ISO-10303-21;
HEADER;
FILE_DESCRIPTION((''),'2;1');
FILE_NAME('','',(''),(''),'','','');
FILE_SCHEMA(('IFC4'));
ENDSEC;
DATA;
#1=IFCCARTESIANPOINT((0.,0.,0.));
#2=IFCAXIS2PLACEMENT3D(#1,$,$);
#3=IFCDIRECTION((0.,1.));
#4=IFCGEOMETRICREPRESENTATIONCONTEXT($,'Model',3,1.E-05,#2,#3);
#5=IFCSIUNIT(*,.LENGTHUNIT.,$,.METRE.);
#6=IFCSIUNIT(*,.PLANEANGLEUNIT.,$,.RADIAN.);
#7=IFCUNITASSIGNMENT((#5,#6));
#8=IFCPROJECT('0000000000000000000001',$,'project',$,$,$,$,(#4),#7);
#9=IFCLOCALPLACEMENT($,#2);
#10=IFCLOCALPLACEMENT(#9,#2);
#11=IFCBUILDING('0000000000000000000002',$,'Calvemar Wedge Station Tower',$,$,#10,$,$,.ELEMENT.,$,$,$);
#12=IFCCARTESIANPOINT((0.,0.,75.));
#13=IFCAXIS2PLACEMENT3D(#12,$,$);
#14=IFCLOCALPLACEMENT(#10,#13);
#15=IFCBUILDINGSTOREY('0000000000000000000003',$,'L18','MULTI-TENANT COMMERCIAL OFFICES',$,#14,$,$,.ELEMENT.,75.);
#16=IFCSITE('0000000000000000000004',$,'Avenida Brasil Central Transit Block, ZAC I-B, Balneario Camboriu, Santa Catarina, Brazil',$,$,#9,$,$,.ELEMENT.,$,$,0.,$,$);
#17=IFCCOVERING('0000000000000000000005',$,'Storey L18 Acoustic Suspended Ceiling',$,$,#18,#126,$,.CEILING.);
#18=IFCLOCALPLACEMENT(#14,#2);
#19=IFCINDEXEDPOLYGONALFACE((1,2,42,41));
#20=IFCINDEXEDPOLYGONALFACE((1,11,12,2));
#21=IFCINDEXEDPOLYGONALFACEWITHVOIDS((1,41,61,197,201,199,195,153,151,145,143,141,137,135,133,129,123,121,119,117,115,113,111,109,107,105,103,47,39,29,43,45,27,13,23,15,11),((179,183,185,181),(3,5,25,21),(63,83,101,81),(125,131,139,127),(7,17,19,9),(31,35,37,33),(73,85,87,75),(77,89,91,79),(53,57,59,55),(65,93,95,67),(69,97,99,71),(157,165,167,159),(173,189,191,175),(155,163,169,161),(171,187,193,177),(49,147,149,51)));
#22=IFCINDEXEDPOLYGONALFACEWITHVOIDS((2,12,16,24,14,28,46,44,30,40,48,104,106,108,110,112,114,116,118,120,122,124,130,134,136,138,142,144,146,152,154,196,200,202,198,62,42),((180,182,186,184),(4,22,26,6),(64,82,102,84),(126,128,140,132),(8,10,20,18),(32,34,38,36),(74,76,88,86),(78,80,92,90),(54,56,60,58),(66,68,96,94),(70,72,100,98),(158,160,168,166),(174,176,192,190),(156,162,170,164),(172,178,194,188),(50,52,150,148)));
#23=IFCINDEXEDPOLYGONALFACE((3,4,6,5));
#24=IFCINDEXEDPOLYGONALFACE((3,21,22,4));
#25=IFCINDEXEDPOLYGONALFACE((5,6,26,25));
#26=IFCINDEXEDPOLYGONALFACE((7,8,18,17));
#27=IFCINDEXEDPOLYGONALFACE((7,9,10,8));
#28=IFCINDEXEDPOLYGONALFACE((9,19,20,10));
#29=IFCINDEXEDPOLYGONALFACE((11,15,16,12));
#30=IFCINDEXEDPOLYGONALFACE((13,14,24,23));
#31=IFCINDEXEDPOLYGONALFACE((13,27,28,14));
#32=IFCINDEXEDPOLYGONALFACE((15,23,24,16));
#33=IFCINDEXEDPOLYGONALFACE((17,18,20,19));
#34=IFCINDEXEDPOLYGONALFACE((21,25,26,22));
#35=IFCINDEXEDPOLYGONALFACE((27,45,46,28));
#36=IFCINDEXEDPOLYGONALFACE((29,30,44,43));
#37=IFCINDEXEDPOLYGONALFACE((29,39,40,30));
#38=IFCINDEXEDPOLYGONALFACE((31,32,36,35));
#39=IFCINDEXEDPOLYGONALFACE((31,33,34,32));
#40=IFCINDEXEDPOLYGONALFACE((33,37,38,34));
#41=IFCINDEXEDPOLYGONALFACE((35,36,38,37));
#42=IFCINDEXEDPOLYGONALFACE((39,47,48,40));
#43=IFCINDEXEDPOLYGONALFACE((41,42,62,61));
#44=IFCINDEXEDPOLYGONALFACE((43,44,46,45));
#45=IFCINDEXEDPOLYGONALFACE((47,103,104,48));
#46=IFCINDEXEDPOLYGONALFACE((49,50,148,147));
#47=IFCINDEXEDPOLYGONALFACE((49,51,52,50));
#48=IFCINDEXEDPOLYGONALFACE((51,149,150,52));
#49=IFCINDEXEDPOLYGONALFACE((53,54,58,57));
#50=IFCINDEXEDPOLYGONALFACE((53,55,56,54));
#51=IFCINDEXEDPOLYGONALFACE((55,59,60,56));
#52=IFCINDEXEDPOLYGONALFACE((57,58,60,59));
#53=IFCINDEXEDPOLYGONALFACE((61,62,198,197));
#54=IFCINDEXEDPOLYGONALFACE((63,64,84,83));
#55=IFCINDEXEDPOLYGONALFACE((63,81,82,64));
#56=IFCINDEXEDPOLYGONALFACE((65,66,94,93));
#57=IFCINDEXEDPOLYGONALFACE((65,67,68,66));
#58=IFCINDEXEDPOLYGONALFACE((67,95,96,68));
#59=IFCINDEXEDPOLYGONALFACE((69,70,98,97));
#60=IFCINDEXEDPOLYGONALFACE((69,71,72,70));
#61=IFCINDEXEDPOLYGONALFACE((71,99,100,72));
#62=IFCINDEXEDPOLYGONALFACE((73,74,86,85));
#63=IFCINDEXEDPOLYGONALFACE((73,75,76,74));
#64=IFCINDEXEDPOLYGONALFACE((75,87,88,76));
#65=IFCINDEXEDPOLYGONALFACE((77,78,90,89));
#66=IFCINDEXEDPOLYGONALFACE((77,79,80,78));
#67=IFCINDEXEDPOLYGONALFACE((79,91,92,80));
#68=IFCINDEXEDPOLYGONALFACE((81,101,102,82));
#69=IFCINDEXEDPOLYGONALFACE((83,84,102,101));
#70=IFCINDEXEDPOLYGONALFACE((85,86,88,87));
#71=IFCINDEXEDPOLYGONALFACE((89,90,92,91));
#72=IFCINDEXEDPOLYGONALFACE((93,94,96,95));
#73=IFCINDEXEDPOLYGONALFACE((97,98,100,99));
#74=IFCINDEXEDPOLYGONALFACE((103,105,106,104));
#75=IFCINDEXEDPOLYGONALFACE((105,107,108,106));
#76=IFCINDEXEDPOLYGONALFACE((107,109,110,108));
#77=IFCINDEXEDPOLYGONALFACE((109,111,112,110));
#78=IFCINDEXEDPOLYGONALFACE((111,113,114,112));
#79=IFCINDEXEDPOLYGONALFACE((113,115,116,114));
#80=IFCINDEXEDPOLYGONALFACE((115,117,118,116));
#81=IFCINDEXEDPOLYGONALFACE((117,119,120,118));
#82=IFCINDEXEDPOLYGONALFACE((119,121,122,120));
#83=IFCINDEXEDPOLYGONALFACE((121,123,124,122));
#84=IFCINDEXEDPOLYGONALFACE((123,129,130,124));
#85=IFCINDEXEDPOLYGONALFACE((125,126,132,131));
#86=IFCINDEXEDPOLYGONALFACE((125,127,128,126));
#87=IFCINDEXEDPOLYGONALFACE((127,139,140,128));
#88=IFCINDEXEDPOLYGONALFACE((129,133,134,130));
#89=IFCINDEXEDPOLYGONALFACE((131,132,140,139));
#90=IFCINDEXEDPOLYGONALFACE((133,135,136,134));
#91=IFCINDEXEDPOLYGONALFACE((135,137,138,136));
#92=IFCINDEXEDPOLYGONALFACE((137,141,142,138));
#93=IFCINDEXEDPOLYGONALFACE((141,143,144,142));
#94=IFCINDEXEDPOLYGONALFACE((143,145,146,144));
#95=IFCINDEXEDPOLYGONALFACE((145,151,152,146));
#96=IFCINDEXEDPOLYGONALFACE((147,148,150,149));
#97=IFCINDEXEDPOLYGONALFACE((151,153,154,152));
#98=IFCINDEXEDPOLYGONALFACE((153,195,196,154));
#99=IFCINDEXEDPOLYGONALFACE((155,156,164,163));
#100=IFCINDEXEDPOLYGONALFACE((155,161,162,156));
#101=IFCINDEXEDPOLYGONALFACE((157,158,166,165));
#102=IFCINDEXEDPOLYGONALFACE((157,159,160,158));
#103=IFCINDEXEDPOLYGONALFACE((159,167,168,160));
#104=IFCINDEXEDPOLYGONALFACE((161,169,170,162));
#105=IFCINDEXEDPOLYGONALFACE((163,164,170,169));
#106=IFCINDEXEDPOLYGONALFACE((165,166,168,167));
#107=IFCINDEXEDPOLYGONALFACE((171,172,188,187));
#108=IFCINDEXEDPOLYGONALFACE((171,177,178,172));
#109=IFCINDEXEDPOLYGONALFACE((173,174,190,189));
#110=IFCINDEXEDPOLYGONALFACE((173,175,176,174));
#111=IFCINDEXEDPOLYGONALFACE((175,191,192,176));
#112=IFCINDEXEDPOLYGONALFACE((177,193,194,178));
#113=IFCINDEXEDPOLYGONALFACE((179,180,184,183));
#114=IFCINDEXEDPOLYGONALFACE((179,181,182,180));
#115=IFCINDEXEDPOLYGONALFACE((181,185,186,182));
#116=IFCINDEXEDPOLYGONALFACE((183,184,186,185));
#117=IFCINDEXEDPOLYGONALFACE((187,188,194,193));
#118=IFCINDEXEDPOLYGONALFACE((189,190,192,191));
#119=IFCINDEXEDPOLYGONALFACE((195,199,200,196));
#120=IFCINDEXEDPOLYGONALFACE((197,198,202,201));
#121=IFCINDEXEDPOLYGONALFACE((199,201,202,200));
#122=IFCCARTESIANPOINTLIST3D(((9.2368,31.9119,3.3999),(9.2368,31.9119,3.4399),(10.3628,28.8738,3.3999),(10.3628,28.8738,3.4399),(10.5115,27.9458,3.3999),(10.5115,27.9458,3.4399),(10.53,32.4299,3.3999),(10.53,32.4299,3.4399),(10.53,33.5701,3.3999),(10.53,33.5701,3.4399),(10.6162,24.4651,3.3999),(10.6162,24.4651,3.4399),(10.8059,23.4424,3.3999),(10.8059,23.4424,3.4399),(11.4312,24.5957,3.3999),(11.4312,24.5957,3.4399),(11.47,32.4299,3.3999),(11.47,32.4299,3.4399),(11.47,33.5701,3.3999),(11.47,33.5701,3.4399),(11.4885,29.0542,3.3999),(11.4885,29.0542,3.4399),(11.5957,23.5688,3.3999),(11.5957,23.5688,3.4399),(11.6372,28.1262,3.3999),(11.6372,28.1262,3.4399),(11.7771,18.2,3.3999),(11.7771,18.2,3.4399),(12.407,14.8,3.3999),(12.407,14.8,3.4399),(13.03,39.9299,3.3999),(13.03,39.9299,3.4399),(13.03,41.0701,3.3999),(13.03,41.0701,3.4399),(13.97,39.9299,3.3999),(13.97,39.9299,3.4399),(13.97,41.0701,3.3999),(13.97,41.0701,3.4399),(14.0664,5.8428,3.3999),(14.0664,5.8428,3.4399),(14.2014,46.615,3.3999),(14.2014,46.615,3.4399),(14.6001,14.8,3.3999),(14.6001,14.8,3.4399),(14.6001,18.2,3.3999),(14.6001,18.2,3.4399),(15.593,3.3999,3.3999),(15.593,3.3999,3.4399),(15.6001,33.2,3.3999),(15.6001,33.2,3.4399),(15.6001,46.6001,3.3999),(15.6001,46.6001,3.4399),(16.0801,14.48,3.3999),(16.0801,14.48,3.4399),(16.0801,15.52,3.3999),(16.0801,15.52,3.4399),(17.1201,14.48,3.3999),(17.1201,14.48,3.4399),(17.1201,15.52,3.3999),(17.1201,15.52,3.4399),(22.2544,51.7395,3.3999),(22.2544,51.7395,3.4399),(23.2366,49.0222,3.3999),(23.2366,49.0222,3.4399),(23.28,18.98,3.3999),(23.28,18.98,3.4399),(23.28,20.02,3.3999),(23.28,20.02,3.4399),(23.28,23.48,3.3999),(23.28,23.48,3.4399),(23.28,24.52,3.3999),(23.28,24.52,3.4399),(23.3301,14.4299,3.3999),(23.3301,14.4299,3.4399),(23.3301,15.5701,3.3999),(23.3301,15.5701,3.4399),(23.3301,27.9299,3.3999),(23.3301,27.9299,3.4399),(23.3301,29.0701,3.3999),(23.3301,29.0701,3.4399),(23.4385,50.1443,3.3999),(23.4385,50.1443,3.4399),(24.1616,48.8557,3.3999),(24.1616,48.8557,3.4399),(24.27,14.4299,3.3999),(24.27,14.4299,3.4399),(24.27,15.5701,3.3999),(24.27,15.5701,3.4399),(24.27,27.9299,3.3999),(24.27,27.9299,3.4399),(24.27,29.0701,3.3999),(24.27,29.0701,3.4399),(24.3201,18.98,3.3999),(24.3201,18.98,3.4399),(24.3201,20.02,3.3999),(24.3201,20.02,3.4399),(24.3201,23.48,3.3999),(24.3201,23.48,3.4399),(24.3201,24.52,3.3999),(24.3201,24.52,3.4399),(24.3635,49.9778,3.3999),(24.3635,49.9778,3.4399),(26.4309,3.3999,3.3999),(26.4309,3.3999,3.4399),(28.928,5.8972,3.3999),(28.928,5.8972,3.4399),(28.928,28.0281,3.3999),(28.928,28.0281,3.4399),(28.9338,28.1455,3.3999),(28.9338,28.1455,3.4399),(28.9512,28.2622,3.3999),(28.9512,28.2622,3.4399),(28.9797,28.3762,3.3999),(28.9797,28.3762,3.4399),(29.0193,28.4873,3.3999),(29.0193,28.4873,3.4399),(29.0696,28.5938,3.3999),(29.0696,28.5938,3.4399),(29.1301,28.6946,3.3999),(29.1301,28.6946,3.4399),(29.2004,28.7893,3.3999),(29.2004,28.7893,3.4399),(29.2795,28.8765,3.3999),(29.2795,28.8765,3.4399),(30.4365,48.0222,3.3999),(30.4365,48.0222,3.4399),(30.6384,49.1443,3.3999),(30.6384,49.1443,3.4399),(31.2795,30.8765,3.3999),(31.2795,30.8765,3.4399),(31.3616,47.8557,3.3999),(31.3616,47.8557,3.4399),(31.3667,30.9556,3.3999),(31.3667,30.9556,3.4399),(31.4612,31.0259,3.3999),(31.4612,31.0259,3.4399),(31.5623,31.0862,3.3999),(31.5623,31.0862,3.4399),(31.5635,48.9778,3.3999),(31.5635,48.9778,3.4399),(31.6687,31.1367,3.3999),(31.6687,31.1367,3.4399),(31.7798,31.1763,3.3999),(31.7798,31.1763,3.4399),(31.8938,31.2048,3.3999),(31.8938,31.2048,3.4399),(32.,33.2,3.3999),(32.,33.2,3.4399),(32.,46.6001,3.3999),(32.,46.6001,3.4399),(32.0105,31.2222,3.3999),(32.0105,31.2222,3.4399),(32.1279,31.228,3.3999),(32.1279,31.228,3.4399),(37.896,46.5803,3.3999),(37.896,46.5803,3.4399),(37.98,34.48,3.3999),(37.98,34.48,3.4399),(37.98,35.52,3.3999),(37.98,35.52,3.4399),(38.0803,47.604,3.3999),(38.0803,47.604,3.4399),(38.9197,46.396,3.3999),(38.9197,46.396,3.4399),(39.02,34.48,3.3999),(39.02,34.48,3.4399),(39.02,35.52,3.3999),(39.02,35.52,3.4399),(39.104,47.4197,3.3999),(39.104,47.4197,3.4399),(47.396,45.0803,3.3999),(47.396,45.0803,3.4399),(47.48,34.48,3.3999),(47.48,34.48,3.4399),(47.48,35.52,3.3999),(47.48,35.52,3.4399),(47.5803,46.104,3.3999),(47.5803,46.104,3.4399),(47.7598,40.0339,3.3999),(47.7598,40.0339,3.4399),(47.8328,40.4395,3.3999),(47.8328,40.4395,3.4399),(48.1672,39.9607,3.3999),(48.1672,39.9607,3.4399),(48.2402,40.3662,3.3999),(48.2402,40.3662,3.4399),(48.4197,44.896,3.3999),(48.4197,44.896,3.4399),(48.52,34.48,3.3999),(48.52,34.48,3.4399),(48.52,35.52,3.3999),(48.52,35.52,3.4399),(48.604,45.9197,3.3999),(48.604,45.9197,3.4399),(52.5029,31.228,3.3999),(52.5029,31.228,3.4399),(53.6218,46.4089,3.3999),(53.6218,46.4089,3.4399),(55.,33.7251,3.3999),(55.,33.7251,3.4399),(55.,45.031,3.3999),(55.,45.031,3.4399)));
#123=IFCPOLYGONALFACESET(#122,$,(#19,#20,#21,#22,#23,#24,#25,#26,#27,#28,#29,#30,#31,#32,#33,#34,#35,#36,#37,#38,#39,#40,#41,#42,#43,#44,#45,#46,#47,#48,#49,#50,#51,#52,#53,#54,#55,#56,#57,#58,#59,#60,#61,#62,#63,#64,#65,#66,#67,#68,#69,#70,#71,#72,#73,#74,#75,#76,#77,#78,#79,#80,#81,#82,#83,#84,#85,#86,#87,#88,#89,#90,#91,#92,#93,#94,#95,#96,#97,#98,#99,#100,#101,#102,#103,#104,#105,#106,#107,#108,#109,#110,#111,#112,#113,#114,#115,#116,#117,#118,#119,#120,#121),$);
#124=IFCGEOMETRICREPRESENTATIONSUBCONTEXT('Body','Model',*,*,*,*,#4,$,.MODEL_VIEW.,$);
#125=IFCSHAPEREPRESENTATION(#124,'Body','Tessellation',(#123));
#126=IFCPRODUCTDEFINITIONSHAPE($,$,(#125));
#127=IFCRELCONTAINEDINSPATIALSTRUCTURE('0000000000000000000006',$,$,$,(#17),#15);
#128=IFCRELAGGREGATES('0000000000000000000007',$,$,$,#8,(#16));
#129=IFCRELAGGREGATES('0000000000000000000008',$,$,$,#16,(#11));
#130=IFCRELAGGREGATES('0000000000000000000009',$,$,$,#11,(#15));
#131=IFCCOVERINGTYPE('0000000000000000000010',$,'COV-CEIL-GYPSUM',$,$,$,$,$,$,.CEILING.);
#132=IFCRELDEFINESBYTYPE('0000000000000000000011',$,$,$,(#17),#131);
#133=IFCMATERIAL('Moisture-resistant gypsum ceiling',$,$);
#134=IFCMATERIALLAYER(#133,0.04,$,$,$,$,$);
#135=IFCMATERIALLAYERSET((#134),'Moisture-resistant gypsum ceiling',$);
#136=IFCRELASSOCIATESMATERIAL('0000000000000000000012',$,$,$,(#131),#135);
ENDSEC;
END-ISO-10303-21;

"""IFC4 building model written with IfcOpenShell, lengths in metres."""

from ifc_helpers import new_model, si_unit, direction, frame, origin, place, context, subcontext, project, spatial, polyline, outline, extrude, material, layer, layer_set, type_object, element, save


model = new_model("IFC4")

# Units and contexts
model_context = context("Model", 3, precision=1e-05, world=origin(), true_north=direction((0.0, 1.0)))
body_context = subcontext(model_context, "Body", "Model", "MODEL_VIEW")
ifc_project = project(units=[si_unit("LENGTHUNIT", "METRE"), si_unit("PLANEANGLEUNIT", "RADIAN")], contexts=[model_context])

# Site, building, storey
site_placement = place(None, origin())
site = spatial("IfcSite", under=ifc_project, at=site_placement, Name="Avenida Brasil Central Transit Block, ZAC I-B, Balneario Camboriu, Santa Catarina, Brazil", CompositionType="ELEMENT", RefElevation=0.0)
building_placement = place(site_placement, origin())
building = spatial("IfcBuilding", under=site, at=building_placement, Name="Calvemar Wedge Station Tower", CompositionType="ELEMENT")
storey_placement = place(building_placement, frame((0.0, 0.0, 75.0)))
storey = spatial("IfcBuildingStorey", under=building, at=storey_placement, Name="L18", Description="MULTI-TENANT COMMERCIAL OFFICES", CompositionType="ELEMENT", Elevation=75.0)

# Covering
ifc_material_1 = material(Name="Moisture-resistant gypsum ceiling")
ifc_layer_1 = layer(ifc_material_1, 0.04)
ifc_layer_set_1 = layer_set([ifc_layer_1], Name="Moisture-resistant gypsum ceiling")
covering_type_1 = type_object("IfcCoveringType", Name="COV-CEIL-GYPSUM", PredefinedType="CEILING", material=ifc_layer_set_1)
covering_1_placement = place(storey_placement, frame((0.0, 0.0, 3.3999)))
element("IfcCovering", 1, at=covering_1_placement, inside=storey, type_object=covering_type_1, Name="Storey L18 Acoustic Suspended Ceiling", PredefinedType="CEILING", context=body_context, shape_type="SweptSolid", body=[
    extrude(outline(polyline([(29.2795, 28.8765), (31.2795, 30.8765), (31.3667, 30.9556), (31.4612, 31.0259), (31.5623, 31.0862), (31.6687, 31.1367), (31.7798, 31.1763), (31.8938, 31.2048), (32.0105, 31.2222), (32.1279, 31.228), (52.5029, 31.228), (55.0, 33.7251), (55.0, 45.031), (53.6218, 46.4089), (22.2544, 51.7395), (14.2014, 46.615), (9.2368, 31.9119), (10.6162, 24.4651), (11.4312, 24.5957), (11.5957, 23.5688), (10.8059, 23.4424), (11.7771, 18.2), (14.6001, 18.2), (14.6001, 14.8), (12.407, 14.8), (14.0664, 5.8428), (15.593, 3.3999), (26.4309, 3.3999), (28.928, 5.8972), (28.928, 28.0281), (28.9338, 28.1455), (28.9512, 28.2622), (28.9797, 28.3762), (29.0193, 28.4873), (29.0696, 28.5938), (29.1301, 28.6946), (29.2004, 28.7893), (29.2795, 28.8765)]), holes=[polyline([(15.6001, 46.6001), (32.0, 46.6001), (32.0, 33.2), (15.6001, 33.2), (15.6001, 46.6001)]), polyline([(10.53, 32.4299), (10.53, 33.5701), (11.47, 33.5701), (11.47, 32.4299), (10.53, 32.4299)]), polyline([(13.03, 41.0701), (13.97, 41.0701), (13.97, 39.9299), (13.03, 39.9299), (13.03, 41.0701)]), polyline([(24.3635, 49.9778), (24.1616, 48.8557), (23.2366, 49.0222), (23.4385, 50.1443), (24.3635, 49.9778)]), polyline([(31.3616, 47.8557), (30.4365, 48.0222), (30.6384, 49.1443), (31.5635, 48.9778), (31.3616, 47.8557)]), polyline([(37.896, 46.5803), (38.0803, 47.604), (39.104, 47.4197), (38.9197, 46.396), (37.896, 46.5803)]), polyline([(47.5803, 46.104), (48.604, 45.9197), (48.4197, 44.896), (47.396, 45.0803), (47.5803, 46.104)]), polyline([(39.02, 35.52), (39.02, 34.48), (37.98, 34.48), (37.98, 35.52), (39.02, 35.52)]), polyline([(48.52, 34.48), (47.48, 34.48), (47.48, 35.52), (48.52, 35.52), (48.52, 34.48)]), polyline([(47.7598, 40.0339), (47.8328, 40.4395), (48.2402, 40.3662), (48.1672, 39.9607), (47.7598, 40.0339)]), polyline([(11.4885, 29.0542), (11.6372, 28.1262), (10.5115, 27.9458), (10.3628, 28.8738), (11.4885, 29.0542)]), polyline([(24.27, 27.9299), (23.3301, 27.9299), (23.3301, 29.0701), (24.27, 29.0701), (24.27, 27.9299)]), polyline([(23.28, 23.48), (23.28, 24.52), (24.3201, 24.52), (24.3201, 23.48), (23.28, 23.48)]), polyline([(23.28, 20.02), (24.3201, 20.02), (24.3201, 18.98), (23.28, 18.98), (23.28, 20.02)]), polyline([(24.27, 15.5701), (24.27, 14.4299), (23.3301, 14.4299), (23.3301, 15.5701), (24.27, 15.5701)]), polyline([(17.1201, 14.48), (16.0801, 14.48), (16.0801, 15.52), (17.1201, 15.52), (17.1201, 14.48)])]), origin(), (0.0, 0.0, 1.0), 0.04),
])

save(model, "model.ifc")
